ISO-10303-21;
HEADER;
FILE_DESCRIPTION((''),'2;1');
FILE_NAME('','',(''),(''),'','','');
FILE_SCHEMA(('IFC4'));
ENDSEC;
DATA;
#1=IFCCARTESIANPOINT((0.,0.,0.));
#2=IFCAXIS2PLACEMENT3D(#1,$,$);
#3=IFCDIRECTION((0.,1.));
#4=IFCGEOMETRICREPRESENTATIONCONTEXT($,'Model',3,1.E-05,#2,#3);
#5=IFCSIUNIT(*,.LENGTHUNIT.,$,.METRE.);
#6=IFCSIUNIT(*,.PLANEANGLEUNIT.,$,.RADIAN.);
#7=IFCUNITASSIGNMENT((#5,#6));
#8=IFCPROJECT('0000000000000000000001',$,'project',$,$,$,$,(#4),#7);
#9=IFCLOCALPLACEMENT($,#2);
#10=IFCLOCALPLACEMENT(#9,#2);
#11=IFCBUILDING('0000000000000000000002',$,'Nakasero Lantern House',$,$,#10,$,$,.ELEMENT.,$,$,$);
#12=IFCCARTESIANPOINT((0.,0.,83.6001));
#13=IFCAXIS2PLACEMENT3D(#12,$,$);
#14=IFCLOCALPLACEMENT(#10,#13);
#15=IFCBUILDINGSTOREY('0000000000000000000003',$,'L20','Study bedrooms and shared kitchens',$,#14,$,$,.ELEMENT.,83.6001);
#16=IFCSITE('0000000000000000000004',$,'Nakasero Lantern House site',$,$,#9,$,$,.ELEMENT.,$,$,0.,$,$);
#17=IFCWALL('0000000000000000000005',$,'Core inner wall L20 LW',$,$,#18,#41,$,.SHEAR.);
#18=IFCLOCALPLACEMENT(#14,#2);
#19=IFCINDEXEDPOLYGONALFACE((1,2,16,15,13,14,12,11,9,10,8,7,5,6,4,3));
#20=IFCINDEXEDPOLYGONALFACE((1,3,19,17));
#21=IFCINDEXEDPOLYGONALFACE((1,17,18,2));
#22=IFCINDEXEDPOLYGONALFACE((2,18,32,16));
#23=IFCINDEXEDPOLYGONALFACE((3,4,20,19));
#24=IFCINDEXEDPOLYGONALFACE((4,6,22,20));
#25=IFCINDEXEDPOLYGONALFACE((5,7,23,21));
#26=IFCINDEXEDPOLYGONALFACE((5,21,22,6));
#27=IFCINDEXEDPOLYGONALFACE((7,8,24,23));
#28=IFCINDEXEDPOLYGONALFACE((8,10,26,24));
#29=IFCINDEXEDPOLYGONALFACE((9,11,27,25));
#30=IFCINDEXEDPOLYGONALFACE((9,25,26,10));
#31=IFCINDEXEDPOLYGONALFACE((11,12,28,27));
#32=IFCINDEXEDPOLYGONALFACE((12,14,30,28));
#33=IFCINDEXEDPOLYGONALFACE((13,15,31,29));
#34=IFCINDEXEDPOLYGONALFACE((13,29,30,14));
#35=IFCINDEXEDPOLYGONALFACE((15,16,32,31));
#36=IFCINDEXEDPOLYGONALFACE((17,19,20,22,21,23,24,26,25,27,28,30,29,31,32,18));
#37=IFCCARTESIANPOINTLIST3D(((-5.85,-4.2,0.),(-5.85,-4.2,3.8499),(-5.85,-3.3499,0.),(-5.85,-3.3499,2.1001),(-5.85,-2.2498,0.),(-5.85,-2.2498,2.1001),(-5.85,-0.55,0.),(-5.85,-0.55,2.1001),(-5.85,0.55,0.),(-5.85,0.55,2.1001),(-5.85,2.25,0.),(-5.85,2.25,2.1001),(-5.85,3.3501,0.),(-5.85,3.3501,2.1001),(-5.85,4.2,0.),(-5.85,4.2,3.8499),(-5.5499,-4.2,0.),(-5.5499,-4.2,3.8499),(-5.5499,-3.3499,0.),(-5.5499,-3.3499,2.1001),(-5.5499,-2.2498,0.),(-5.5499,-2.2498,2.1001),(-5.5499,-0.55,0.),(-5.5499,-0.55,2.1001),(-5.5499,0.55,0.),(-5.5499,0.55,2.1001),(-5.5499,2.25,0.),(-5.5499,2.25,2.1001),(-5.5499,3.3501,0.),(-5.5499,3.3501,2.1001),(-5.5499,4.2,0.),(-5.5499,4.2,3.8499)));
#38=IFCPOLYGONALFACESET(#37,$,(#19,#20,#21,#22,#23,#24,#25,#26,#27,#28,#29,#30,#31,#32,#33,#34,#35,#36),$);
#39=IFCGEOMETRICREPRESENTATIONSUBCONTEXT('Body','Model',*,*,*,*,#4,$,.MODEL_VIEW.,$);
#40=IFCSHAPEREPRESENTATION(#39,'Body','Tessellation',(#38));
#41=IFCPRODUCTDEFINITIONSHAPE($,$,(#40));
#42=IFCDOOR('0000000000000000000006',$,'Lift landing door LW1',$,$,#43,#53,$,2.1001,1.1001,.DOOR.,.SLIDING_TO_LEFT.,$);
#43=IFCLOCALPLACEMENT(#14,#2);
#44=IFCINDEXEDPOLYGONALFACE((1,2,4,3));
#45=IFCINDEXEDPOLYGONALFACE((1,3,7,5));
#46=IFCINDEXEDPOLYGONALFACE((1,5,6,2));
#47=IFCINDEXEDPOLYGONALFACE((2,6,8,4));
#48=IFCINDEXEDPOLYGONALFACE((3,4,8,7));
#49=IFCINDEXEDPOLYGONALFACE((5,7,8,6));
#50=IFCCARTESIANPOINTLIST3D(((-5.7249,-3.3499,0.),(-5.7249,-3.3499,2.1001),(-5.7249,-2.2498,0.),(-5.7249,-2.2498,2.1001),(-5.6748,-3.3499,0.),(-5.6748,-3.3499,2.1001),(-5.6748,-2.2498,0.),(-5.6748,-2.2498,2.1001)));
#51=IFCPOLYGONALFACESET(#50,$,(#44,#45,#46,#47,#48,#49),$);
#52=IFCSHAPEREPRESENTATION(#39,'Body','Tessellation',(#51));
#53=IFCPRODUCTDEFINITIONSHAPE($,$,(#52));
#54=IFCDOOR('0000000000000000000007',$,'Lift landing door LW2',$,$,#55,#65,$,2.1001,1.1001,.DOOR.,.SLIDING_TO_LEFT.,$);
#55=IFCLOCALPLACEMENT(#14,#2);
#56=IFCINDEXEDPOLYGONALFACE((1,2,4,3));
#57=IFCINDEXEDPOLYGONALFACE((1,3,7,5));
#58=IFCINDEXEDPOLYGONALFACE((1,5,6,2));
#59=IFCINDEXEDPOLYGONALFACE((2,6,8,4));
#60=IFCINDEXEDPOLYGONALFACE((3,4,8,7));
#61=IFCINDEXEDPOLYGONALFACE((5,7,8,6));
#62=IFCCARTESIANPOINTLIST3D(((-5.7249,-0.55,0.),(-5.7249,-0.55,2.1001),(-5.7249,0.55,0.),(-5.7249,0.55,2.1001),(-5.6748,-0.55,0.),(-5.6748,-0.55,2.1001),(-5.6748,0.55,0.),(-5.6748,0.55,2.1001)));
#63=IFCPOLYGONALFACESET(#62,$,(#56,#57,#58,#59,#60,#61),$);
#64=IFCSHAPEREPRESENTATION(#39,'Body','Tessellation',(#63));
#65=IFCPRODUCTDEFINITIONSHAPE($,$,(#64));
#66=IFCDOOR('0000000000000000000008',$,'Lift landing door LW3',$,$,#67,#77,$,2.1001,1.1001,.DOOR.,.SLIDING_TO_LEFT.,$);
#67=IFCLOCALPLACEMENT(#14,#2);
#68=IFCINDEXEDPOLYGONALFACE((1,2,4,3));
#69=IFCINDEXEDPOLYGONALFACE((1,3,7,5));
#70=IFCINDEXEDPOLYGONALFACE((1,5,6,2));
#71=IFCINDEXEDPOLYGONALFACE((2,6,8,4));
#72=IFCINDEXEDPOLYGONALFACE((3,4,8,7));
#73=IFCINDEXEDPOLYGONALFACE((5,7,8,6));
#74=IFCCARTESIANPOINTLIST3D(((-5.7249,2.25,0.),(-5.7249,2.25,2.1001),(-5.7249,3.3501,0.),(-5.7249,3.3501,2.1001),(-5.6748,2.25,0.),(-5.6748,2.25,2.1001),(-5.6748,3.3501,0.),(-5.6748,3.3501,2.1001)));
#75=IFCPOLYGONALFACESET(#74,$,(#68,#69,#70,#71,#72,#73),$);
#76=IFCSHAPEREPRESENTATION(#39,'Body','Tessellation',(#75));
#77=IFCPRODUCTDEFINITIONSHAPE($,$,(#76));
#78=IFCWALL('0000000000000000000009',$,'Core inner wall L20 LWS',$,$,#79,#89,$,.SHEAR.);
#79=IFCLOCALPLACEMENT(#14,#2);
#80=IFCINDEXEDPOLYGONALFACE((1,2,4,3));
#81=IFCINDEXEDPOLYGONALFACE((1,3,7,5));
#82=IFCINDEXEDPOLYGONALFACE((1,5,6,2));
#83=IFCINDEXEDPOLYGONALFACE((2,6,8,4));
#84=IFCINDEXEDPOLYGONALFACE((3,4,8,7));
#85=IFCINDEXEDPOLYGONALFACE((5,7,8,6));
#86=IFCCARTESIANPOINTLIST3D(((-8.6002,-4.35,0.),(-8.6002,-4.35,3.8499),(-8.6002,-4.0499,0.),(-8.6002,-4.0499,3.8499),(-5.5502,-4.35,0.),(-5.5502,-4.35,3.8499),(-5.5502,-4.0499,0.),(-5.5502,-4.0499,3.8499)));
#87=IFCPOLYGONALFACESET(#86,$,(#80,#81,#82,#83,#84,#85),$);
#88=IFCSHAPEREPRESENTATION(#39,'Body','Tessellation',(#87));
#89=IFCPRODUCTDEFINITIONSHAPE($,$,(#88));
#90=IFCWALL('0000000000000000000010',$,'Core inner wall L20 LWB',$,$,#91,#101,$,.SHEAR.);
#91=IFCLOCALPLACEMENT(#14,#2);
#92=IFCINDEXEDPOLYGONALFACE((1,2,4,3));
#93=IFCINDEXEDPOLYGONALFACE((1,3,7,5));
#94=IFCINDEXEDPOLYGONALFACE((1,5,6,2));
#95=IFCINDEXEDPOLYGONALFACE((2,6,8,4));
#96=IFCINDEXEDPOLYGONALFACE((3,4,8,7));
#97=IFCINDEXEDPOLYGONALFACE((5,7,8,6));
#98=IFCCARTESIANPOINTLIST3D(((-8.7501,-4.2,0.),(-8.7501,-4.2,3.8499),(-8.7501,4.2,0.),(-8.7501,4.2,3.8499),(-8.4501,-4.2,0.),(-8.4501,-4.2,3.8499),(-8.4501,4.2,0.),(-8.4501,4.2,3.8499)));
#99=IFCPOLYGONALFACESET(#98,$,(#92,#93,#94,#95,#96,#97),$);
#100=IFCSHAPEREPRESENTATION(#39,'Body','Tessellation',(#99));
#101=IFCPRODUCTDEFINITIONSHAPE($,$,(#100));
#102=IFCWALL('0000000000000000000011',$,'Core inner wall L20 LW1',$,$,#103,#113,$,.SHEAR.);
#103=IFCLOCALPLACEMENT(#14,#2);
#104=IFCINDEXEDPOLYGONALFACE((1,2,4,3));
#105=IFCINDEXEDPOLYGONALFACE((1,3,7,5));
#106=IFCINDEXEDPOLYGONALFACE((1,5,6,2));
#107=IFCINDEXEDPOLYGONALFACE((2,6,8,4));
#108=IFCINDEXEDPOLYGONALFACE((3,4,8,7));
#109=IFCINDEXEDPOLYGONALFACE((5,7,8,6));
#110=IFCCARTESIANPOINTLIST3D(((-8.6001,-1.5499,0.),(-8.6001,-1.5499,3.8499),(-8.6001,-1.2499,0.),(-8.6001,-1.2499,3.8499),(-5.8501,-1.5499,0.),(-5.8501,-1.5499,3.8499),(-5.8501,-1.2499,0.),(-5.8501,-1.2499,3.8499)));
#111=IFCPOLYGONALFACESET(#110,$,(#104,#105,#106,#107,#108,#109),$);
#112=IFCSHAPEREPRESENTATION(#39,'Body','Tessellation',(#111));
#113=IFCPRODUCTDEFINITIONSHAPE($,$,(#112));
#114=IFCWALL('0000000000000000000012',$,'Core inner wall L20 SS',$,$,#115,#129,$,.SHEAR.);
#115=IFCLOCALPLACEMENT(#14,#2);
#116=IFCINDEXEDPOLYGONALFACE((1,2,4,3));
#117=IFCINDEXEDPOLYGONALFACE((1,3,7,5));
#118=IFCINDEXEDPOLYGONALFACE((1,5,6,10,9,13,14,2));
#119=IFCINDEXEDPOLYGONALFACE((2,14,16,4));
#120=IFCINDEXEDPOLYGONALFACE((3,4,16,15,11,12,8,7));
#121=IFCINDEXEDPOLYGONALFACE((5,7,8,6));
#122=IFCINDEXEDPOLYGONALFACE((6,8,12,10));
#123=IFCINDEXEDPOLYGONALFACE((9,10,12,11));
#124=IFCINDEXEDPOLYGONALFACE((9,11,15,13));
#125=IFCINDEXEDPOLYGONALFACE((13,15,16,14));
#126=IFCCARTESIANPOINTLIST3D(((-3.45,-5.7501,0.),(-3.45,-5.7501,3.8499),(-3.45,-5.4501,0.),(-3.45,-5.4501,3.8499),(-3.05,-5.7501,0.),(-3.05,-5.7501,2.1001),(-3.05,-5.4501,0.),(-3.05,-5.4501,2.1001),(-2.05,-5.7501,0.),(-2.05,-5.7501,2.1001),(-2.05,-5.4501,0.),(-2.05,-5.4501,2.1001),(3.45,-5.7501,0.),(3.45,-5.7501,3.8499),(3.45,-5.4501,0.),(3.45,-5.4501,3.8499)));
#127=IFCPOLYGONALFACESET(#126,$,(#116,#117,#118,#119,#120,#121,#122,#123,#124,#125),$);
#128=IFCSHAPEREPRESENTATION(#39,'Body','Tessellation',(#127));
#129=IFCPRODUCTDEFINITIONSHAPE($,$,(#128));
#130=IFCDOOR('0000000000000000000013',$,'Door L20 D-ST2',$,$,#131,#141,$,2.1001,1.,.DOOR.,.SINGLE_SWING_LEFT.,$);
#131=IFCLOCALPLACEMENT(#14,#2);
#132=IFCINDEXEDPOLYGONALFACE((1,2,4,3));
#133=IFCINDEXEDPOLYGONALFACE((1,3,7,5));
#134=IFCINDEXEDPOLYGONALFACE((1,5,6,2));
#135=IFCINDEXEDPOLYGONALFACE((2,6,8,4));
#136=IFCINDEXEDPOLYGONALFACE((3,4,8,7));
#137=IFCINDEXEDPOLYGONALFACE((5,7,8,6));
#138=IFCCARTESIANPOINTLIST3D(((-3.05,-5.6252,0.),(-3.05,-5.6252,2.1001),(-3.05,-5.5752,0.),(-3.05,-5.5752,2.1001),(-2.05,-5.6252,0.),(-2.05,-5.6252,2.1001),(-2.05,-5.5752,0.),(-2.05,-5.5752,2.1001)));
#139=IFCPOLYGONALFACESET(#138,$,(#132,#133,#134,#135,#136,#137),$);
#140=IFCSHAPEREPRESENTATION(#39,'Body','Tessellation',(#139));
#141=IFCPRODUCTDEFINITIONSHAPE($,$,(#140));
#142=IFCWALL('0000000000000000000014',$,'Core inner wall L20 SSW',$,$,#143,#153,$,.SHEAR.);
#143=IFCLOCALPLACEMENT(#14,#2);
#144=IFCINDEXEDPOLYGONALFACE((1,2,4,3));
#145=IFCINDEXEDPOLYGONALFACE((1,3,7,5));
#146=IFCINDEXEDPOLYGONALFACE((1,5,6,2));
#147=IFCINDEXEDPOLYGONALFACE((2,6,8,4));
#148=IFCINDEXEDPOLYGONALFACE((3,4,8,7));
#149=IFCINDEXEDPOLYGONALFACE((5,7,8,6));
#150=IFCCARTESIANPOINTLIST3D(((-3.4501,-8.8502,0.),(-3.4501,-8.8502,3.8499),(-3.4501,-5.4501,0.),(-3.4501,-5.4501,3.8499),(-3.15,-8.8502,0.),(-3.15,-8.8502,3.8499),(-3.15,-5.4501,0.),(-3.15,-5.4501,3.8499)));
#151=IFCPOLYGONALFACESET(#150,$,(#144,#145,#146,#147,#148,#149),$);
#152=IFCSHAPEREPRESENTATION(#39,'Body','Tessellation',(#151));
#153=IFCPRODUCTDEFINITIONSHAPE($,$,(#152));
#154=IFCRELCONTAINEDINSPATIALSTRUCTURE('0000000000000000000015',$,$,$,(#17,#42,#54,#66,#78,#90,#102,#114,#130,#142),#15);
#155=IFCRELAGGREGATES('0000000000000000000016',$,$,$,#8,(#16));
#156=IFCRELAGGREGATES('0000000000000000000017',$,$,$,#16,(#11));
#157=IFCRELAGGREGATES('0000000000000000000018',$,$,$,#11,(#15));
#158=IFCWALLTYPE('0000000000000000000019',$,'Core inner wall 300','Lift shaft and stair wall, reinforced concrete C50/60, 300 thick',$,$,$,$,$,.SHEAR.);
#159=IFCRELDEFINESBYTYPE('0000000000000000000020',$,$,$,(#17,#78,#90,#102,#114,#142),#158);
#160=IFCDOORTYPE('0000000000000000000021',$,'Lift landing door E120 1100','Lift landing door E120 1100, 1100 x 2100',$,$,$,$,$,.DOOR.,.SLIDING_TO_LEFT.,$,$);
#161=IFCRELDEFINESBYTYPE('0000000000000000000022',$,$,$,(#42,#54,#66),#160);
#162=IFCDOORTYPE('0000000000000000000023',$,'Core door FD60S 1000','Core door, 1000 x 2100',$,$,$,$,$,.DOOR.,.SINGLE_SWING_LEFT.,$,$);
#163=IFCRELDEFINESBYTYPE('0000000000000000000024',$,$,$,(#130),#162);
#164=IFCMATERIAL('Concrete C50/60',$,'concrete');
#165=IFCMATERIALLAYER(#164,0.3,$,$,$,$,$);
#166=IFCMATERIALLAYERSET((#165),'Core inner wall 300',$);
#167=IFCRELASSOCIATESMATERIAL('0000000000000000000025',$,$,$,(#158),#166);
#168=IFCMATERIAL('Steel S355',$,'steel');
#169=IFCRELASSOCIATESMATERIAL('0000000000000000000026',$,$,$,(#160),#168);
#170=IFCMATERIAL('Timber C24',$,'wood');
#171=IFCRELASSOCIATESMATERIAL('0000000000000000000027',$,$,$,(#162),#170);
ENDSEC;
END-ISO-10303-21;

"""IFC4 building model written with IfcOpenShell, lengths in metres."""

from ifc_helpers import new_model, si_unit, direction, frame, frame_2d, origin, place, context, subcontext, project, spatial, rectangle, extrude, material, layer, layer_set, type_object, element, fill, save


model = new_model("IFC4")

# Units and contexts
model_context = context("Model", 3, precision=1e-05, world=origin(), true_north=direction((0.0, 1.0)))
body_context = subcontext(model_context, "Body", "Model", "MODEL_VIEW")
ifc_project = project(units=[si_unit("LENGTHUNIT", "METRE"), si_unit("PLANEANGLEUNIT", "RADIAN")], contexts=[model_context])

# Site, building, storey
site_placement = place(None, origin())
site = spatial("IfcSite", under=ifc_project, at=site_placement, Name="Nakasero Lantern House site", CompositionType="ELEMENT", RefElevation=0.0)
building_placement = place(site_placement, origin())
building = spatial("IfcBuilding", under=site, at=building_placement, Name="Nakasero Lantern House", CompositionType="ELEMENT")
storey_placement = place(building_placement, frame((0.0, 0.0, 83.6001)))
storey = spatial("IfcBuildingStorey", under=building, at=storey_placement, Name="L20", Description="Study bedrooms and shared kitchens", CompositionType="ELEMENT", Elevation=83.6001)

# Wall, openings, doors
ifc_material_1 = material(Name="Concrete C50/60", Category="concrete")
ifc_layer_1 = layer(ifc_material_1, 0.3)
ifc_layer_set_1 = layer_set([ifc_layer_1], Name="Core inner wall 300")
wall_type_1 = type_object("IfcWallType", Name="Core inner wall 300", Description="Lift shaft and stair wall, reinforced concrete C50/60, 300 thick", PredefinedType="SHEAR", material=ifc_layer_set_1)
wall_1_placement = place(storey_placement, frame((-5.7, -4.2, 0.0), z_axis=(0.0, 0.0, 1.0), x_axis=(0.0, 1.0, 0.0)))
wall_1 = element("IfcWall", 1, at=wall_1_placement, inside=storey, type_object=wall_type_1, Name="Core inner wall L20 LW", PredefinedType="SHEAR", context=body_context, shape_type="SweptSolid", body=[
    extrude(rectangle(XDim=8.3999, YDim=0.3, at=frame_2d((4.2, 0.0))), origin(), (0.0, 0.0, 1.0), 3.8499),
])
opening_1_placement = place(wall_1_placement, frame((0.8501, 0.0, 0.0)))
opening_1 = element("IfcOpeningElement", 2, at=opening_1_placement, cuts=wall_1, PredefinedType="OPENING", context=body_context, shape_type="SweptSolid", body=[
    extrude(rectangle(XDim=1.1001, YDim=2.1001, at=frame_2d((0.55, 1.05))), frame((0.0, 0.1699, 0.0), z_axis=(0.0, -1.0, 0.0), x_axis=(1.0, 0.0, 0.0)), (0.0, 0.0, 1.0), 0.3401),
])
opening_2_placement = place(wall_1_placement, frame((3.6499, 0.0, 0.0)))
opening_2 = element("IfcOpeningElement", 3, at=opening_2_placement, cuts=wall_1, PredefinedType="OPENING", context=body_context, shape_type="SweptSolid", body=[
    extrude(rectangle(XDim=1.1001, YDim=2.1001, at=frame_2d((0.55, 1.05))), frame((0.0, 0.1699, 0.0), z_axis=(0.0, -1.0, 0.0), x_axis=(1.0, 0.0, 0.0)), (0.0, 0.0, 1.0), 0.3401),
])
opening_3_placement = place(wall_1_placement, frame((6.45, 0.0, 0.0)))
opening_3 = element("IfcOpeningElement", 4, at=opening_3_placement, cuts=wall_1, PredefinedType="OPENING", context=body_context, shape_type="SweptSolid", body=[
    extrude(rectangle(XDim=1.1001, YDim=2.1001, at=frame_2d((0.55, 1.05))), frame((0.0, 0.1699, 0.0), z_axis=(0.0, -1.0, 0.0), x_axis=(1.0, 0.0, 0.0)), (0.0, 0.0, 1.0), 0.3401),
])
ifc_material_2 = material(Name="Steel S355", Category="steel")
door_type_1 = type_object("IfcDoorType", Name="Lift landing door E120 1100", Description="Lift landing door E120 1100, 1100 x 2100", OperationType="SLIDING_TO_LEFT", PredefinedType="DOOR", material=ifc_material_2)
door_1_placement = place(opening_1_placement, origin())
door_1 = element("IfcDoor", 5, at=door_1_placement, inside=storey, type_object=door_type_1, Name="Lift landing door LW1", OperationType="SLIDING_TO_LEFT", OverallHeight=2.1001, OverallWidth=1.1001, PredefinedType="DOOR", context=body_context, shape_type="SweptSolid", body=[
    extrude(rectangle(XDim=1.1001, YDim=2.1001, at=frame_2d((0.55, 1.05))), frame((0.0, 0.0249, 0.0), z_axis=(0.0, -1.0, 0.0), x_axis=(1.0, 0.0, 0.0)), (0.0, 0.0, 1.0), 0.05),
])
fill(opening_1, door_1)
door_2_placement = place(opening_2_placement, origin())
door_2 = element("IfcDoor", 6, at=door_2_placement, inside=storey, type_object=door_type_1, Name="Lift landing door LW2", OperationType="SLIDING_TO_LEFT", OverallHeight=2.1001, OverallWidth=1.1001, PredefinedType="DOOR", context=body_context, shape_type="SweptSolid", body=[
    extrude(rectangle(XDim=1.1001, YDim=2.1001, at=frame_2d((0.55, 1.05))), frame((0.0, 0.0249, 0.0), z_axis=(0.0, -1.0, 0.0), x_axis=(1.0, 0.0, 0.0)), (0.0, 0.0, 1.0), 0.05),
])
fill(opening_2, door_2)
door_3_placement = place(opening_3_placement, origin())
door_3 = element("IfcDoor", 7, at=door_3_placement, inside=storey, type_object=door_type_1, Name="Lift landing door LW3", OperationType="SLIDING_TO_LEFT", OverallHeight=2.1001, OverallWidth=1.1001, PredefinedType="DOOR", context=body_context, shape_type="SweptSolid", body=[
    extrude(rectangle(XDim=1.1001, YDim=2.1001, at=frame_2d((0.55, 1.05))), frame((0.0, 0.0249, 0.0), z_axis=(0.0, -1.0, 0.0), x_axis=(1.0, 0.0, 0.0)), (0.0, 0.0, 1.0), 0.05),
])
fill(opening_3, door_3)

# Walls
wall_2_placement = place(storey_placement, frame((-8.6001, -4.2, 0.0), z_axis=(0.0, 0.0, 1.0), x_axis=(1.0, 0.0, 0.0)))
element("IfcWall", 8, at=wall_2_placement, inside=storey, type_object=wall_type_1, Name="Core inner wall L20 LWS", PredefinedType="SHEAR", context=body_context, shape_type="SweptSolid", body=[
    extrude(rectangle(XDim=3.05, YDim=0.3, at=frame_2d((1.5249, 0.0))), origin(), (0.0, 0.0, 1.0), 3.8499),
])
wall_3_placement = place(storey_placement, frame((-8.6001, -4.2, 0.0), z_axis=(0.0, 0.0, 1.0), x_axis=(0.0, 1.0, 0.0)))
element("IfcWall", 9, at=wall_3_placement, inside=storey, type_object=wall_type_1, Name="Core inner wall L20 LWB", PredefinedType="SHEAR", context=body_context, shape_type="SweptSolid", body=[
    extrude(rectangle(XDim=8.3999, YDim=0.3, at=frame_2d((4.2, 0.0))), origin(), (0.0, 0.0, 1.0), 3.8499),
])
wall_4_placement = place(storey_placement, frame((-8.6001, -1.3999, 0.0), z_axis=(0.0, 0.0, 1.0), x_axis=(1.0, 0.0, 0.0)))
element("IfcWall", 10, at=wall_4_placement, inside=storey, type_object=wall_type_1, Name="Core inner wall L20 LW1", PredefinedType="SHEAR", context=body_context, shape_type="SweptSolid", body=[
    extrude(rectangle(XDim=2.75, YDim=0.3, at=frame_2d((1.375, 0.0))), origin(), (0.0, 0.0, 1.0), 3.8499),
])

# Wall, opening, door
wall_5_placement = place(storey_placement, frame((-3.45, -5.6001, 0.0), z_axis=(0.0, 0.0, 1.0), x_axis=(1.0, 0.0, 0.0)))
wall_5 = element("IfcWall", 11, at=wall_5_placement, inside=storey, type_object=wall_type_1, Name="Core inner wall L20 SS", PredefinedType="SHEAR", context=body_context, shape_type="SweptSolid", body=[
    extrude(rectangle(XDim=6.8999, YDim=0.3, at=frame_2d((3.45, 0.0))), origin(), (0.0, 0.0, 1.0), 3.8499),
])
opening_4_placement = place(wall_5_placement, frame((0.3999, 0.0, 0.0)))
opening_4 = element("IfcOpeningElement", 12, at=opening_4_placement, cuts=wall_5, PredefinedType="OPENING", context=body_context, shape_type="SweptSolid", body=[
    extrude(rectangle(XDim=1.0, YDim=2.1001, at=frame_2d((0.5, 1.05))), frame((0.0, 0.1699, 0.0), z_axis=(0.0, -1.0, 0.0), x_axis=(1.0, 0.0, 0.0)), (0.0, 0.0, 1.0), 0.3401),
])
ifc_material_3 = material(Name="Timber C24", Category="wood")
door_type_2 = type_object("IfcDoorType", Name="Core door FD60S 1000", Description="Core door, 1000 x 2100", OperationType="SINGLE_SWING_LEFT", PredefinedType="DOOR", material=ifc_material_3)
door_4_placement = place(opening_4_placement, origin())
door_4 = element("IfcDoor", 13, at=door_4_placement, inside=storey, type_object=door_type_2, Name="Door L20 D-ST2", OperationType="SINGLE_SWING_LEFT", OverallHeight=2.1001, OverallWidth=1.0, PredefinedType="DOOR", context=body_context, shape_type="SweptSolid", body=[
    extrude(rectangle(XDim=1.0, YDim=2.1001, at=frame_2d((0.5, 1.05))), frame((0.0, 0.0249, 0.0), z_axis=(0.0, -1.0, 0.0), x_axis=(1.0, 0.0, 0.0)), (0.0, 0.0, 1.0), 0.05),
])
fill(opening_4, door_4)

# Wall
wall_6_placement = place(storey_placement, frame((-3.3, -5.45, 0.0), z_axis=(0.0, 0.0, 1.0), x_axis=(0.0, -1.0, 0.0)))
element("IfcWall", 14, at=wall_6_placement, inside=storey, type_object=wall_type_1, Name="Core inner wall L20 SSW", PredefinedType="SHEAR", context=body_context, shape_type="SweptSolid", body=[
    extrude(rectangle(XDim=3.4001, YDim=0.3, at=frame_2d((1.7002, 0.0))), origin(), (0.0, 0.0, 1.0), 3.8499),
])

save(model, "model.ifc")
